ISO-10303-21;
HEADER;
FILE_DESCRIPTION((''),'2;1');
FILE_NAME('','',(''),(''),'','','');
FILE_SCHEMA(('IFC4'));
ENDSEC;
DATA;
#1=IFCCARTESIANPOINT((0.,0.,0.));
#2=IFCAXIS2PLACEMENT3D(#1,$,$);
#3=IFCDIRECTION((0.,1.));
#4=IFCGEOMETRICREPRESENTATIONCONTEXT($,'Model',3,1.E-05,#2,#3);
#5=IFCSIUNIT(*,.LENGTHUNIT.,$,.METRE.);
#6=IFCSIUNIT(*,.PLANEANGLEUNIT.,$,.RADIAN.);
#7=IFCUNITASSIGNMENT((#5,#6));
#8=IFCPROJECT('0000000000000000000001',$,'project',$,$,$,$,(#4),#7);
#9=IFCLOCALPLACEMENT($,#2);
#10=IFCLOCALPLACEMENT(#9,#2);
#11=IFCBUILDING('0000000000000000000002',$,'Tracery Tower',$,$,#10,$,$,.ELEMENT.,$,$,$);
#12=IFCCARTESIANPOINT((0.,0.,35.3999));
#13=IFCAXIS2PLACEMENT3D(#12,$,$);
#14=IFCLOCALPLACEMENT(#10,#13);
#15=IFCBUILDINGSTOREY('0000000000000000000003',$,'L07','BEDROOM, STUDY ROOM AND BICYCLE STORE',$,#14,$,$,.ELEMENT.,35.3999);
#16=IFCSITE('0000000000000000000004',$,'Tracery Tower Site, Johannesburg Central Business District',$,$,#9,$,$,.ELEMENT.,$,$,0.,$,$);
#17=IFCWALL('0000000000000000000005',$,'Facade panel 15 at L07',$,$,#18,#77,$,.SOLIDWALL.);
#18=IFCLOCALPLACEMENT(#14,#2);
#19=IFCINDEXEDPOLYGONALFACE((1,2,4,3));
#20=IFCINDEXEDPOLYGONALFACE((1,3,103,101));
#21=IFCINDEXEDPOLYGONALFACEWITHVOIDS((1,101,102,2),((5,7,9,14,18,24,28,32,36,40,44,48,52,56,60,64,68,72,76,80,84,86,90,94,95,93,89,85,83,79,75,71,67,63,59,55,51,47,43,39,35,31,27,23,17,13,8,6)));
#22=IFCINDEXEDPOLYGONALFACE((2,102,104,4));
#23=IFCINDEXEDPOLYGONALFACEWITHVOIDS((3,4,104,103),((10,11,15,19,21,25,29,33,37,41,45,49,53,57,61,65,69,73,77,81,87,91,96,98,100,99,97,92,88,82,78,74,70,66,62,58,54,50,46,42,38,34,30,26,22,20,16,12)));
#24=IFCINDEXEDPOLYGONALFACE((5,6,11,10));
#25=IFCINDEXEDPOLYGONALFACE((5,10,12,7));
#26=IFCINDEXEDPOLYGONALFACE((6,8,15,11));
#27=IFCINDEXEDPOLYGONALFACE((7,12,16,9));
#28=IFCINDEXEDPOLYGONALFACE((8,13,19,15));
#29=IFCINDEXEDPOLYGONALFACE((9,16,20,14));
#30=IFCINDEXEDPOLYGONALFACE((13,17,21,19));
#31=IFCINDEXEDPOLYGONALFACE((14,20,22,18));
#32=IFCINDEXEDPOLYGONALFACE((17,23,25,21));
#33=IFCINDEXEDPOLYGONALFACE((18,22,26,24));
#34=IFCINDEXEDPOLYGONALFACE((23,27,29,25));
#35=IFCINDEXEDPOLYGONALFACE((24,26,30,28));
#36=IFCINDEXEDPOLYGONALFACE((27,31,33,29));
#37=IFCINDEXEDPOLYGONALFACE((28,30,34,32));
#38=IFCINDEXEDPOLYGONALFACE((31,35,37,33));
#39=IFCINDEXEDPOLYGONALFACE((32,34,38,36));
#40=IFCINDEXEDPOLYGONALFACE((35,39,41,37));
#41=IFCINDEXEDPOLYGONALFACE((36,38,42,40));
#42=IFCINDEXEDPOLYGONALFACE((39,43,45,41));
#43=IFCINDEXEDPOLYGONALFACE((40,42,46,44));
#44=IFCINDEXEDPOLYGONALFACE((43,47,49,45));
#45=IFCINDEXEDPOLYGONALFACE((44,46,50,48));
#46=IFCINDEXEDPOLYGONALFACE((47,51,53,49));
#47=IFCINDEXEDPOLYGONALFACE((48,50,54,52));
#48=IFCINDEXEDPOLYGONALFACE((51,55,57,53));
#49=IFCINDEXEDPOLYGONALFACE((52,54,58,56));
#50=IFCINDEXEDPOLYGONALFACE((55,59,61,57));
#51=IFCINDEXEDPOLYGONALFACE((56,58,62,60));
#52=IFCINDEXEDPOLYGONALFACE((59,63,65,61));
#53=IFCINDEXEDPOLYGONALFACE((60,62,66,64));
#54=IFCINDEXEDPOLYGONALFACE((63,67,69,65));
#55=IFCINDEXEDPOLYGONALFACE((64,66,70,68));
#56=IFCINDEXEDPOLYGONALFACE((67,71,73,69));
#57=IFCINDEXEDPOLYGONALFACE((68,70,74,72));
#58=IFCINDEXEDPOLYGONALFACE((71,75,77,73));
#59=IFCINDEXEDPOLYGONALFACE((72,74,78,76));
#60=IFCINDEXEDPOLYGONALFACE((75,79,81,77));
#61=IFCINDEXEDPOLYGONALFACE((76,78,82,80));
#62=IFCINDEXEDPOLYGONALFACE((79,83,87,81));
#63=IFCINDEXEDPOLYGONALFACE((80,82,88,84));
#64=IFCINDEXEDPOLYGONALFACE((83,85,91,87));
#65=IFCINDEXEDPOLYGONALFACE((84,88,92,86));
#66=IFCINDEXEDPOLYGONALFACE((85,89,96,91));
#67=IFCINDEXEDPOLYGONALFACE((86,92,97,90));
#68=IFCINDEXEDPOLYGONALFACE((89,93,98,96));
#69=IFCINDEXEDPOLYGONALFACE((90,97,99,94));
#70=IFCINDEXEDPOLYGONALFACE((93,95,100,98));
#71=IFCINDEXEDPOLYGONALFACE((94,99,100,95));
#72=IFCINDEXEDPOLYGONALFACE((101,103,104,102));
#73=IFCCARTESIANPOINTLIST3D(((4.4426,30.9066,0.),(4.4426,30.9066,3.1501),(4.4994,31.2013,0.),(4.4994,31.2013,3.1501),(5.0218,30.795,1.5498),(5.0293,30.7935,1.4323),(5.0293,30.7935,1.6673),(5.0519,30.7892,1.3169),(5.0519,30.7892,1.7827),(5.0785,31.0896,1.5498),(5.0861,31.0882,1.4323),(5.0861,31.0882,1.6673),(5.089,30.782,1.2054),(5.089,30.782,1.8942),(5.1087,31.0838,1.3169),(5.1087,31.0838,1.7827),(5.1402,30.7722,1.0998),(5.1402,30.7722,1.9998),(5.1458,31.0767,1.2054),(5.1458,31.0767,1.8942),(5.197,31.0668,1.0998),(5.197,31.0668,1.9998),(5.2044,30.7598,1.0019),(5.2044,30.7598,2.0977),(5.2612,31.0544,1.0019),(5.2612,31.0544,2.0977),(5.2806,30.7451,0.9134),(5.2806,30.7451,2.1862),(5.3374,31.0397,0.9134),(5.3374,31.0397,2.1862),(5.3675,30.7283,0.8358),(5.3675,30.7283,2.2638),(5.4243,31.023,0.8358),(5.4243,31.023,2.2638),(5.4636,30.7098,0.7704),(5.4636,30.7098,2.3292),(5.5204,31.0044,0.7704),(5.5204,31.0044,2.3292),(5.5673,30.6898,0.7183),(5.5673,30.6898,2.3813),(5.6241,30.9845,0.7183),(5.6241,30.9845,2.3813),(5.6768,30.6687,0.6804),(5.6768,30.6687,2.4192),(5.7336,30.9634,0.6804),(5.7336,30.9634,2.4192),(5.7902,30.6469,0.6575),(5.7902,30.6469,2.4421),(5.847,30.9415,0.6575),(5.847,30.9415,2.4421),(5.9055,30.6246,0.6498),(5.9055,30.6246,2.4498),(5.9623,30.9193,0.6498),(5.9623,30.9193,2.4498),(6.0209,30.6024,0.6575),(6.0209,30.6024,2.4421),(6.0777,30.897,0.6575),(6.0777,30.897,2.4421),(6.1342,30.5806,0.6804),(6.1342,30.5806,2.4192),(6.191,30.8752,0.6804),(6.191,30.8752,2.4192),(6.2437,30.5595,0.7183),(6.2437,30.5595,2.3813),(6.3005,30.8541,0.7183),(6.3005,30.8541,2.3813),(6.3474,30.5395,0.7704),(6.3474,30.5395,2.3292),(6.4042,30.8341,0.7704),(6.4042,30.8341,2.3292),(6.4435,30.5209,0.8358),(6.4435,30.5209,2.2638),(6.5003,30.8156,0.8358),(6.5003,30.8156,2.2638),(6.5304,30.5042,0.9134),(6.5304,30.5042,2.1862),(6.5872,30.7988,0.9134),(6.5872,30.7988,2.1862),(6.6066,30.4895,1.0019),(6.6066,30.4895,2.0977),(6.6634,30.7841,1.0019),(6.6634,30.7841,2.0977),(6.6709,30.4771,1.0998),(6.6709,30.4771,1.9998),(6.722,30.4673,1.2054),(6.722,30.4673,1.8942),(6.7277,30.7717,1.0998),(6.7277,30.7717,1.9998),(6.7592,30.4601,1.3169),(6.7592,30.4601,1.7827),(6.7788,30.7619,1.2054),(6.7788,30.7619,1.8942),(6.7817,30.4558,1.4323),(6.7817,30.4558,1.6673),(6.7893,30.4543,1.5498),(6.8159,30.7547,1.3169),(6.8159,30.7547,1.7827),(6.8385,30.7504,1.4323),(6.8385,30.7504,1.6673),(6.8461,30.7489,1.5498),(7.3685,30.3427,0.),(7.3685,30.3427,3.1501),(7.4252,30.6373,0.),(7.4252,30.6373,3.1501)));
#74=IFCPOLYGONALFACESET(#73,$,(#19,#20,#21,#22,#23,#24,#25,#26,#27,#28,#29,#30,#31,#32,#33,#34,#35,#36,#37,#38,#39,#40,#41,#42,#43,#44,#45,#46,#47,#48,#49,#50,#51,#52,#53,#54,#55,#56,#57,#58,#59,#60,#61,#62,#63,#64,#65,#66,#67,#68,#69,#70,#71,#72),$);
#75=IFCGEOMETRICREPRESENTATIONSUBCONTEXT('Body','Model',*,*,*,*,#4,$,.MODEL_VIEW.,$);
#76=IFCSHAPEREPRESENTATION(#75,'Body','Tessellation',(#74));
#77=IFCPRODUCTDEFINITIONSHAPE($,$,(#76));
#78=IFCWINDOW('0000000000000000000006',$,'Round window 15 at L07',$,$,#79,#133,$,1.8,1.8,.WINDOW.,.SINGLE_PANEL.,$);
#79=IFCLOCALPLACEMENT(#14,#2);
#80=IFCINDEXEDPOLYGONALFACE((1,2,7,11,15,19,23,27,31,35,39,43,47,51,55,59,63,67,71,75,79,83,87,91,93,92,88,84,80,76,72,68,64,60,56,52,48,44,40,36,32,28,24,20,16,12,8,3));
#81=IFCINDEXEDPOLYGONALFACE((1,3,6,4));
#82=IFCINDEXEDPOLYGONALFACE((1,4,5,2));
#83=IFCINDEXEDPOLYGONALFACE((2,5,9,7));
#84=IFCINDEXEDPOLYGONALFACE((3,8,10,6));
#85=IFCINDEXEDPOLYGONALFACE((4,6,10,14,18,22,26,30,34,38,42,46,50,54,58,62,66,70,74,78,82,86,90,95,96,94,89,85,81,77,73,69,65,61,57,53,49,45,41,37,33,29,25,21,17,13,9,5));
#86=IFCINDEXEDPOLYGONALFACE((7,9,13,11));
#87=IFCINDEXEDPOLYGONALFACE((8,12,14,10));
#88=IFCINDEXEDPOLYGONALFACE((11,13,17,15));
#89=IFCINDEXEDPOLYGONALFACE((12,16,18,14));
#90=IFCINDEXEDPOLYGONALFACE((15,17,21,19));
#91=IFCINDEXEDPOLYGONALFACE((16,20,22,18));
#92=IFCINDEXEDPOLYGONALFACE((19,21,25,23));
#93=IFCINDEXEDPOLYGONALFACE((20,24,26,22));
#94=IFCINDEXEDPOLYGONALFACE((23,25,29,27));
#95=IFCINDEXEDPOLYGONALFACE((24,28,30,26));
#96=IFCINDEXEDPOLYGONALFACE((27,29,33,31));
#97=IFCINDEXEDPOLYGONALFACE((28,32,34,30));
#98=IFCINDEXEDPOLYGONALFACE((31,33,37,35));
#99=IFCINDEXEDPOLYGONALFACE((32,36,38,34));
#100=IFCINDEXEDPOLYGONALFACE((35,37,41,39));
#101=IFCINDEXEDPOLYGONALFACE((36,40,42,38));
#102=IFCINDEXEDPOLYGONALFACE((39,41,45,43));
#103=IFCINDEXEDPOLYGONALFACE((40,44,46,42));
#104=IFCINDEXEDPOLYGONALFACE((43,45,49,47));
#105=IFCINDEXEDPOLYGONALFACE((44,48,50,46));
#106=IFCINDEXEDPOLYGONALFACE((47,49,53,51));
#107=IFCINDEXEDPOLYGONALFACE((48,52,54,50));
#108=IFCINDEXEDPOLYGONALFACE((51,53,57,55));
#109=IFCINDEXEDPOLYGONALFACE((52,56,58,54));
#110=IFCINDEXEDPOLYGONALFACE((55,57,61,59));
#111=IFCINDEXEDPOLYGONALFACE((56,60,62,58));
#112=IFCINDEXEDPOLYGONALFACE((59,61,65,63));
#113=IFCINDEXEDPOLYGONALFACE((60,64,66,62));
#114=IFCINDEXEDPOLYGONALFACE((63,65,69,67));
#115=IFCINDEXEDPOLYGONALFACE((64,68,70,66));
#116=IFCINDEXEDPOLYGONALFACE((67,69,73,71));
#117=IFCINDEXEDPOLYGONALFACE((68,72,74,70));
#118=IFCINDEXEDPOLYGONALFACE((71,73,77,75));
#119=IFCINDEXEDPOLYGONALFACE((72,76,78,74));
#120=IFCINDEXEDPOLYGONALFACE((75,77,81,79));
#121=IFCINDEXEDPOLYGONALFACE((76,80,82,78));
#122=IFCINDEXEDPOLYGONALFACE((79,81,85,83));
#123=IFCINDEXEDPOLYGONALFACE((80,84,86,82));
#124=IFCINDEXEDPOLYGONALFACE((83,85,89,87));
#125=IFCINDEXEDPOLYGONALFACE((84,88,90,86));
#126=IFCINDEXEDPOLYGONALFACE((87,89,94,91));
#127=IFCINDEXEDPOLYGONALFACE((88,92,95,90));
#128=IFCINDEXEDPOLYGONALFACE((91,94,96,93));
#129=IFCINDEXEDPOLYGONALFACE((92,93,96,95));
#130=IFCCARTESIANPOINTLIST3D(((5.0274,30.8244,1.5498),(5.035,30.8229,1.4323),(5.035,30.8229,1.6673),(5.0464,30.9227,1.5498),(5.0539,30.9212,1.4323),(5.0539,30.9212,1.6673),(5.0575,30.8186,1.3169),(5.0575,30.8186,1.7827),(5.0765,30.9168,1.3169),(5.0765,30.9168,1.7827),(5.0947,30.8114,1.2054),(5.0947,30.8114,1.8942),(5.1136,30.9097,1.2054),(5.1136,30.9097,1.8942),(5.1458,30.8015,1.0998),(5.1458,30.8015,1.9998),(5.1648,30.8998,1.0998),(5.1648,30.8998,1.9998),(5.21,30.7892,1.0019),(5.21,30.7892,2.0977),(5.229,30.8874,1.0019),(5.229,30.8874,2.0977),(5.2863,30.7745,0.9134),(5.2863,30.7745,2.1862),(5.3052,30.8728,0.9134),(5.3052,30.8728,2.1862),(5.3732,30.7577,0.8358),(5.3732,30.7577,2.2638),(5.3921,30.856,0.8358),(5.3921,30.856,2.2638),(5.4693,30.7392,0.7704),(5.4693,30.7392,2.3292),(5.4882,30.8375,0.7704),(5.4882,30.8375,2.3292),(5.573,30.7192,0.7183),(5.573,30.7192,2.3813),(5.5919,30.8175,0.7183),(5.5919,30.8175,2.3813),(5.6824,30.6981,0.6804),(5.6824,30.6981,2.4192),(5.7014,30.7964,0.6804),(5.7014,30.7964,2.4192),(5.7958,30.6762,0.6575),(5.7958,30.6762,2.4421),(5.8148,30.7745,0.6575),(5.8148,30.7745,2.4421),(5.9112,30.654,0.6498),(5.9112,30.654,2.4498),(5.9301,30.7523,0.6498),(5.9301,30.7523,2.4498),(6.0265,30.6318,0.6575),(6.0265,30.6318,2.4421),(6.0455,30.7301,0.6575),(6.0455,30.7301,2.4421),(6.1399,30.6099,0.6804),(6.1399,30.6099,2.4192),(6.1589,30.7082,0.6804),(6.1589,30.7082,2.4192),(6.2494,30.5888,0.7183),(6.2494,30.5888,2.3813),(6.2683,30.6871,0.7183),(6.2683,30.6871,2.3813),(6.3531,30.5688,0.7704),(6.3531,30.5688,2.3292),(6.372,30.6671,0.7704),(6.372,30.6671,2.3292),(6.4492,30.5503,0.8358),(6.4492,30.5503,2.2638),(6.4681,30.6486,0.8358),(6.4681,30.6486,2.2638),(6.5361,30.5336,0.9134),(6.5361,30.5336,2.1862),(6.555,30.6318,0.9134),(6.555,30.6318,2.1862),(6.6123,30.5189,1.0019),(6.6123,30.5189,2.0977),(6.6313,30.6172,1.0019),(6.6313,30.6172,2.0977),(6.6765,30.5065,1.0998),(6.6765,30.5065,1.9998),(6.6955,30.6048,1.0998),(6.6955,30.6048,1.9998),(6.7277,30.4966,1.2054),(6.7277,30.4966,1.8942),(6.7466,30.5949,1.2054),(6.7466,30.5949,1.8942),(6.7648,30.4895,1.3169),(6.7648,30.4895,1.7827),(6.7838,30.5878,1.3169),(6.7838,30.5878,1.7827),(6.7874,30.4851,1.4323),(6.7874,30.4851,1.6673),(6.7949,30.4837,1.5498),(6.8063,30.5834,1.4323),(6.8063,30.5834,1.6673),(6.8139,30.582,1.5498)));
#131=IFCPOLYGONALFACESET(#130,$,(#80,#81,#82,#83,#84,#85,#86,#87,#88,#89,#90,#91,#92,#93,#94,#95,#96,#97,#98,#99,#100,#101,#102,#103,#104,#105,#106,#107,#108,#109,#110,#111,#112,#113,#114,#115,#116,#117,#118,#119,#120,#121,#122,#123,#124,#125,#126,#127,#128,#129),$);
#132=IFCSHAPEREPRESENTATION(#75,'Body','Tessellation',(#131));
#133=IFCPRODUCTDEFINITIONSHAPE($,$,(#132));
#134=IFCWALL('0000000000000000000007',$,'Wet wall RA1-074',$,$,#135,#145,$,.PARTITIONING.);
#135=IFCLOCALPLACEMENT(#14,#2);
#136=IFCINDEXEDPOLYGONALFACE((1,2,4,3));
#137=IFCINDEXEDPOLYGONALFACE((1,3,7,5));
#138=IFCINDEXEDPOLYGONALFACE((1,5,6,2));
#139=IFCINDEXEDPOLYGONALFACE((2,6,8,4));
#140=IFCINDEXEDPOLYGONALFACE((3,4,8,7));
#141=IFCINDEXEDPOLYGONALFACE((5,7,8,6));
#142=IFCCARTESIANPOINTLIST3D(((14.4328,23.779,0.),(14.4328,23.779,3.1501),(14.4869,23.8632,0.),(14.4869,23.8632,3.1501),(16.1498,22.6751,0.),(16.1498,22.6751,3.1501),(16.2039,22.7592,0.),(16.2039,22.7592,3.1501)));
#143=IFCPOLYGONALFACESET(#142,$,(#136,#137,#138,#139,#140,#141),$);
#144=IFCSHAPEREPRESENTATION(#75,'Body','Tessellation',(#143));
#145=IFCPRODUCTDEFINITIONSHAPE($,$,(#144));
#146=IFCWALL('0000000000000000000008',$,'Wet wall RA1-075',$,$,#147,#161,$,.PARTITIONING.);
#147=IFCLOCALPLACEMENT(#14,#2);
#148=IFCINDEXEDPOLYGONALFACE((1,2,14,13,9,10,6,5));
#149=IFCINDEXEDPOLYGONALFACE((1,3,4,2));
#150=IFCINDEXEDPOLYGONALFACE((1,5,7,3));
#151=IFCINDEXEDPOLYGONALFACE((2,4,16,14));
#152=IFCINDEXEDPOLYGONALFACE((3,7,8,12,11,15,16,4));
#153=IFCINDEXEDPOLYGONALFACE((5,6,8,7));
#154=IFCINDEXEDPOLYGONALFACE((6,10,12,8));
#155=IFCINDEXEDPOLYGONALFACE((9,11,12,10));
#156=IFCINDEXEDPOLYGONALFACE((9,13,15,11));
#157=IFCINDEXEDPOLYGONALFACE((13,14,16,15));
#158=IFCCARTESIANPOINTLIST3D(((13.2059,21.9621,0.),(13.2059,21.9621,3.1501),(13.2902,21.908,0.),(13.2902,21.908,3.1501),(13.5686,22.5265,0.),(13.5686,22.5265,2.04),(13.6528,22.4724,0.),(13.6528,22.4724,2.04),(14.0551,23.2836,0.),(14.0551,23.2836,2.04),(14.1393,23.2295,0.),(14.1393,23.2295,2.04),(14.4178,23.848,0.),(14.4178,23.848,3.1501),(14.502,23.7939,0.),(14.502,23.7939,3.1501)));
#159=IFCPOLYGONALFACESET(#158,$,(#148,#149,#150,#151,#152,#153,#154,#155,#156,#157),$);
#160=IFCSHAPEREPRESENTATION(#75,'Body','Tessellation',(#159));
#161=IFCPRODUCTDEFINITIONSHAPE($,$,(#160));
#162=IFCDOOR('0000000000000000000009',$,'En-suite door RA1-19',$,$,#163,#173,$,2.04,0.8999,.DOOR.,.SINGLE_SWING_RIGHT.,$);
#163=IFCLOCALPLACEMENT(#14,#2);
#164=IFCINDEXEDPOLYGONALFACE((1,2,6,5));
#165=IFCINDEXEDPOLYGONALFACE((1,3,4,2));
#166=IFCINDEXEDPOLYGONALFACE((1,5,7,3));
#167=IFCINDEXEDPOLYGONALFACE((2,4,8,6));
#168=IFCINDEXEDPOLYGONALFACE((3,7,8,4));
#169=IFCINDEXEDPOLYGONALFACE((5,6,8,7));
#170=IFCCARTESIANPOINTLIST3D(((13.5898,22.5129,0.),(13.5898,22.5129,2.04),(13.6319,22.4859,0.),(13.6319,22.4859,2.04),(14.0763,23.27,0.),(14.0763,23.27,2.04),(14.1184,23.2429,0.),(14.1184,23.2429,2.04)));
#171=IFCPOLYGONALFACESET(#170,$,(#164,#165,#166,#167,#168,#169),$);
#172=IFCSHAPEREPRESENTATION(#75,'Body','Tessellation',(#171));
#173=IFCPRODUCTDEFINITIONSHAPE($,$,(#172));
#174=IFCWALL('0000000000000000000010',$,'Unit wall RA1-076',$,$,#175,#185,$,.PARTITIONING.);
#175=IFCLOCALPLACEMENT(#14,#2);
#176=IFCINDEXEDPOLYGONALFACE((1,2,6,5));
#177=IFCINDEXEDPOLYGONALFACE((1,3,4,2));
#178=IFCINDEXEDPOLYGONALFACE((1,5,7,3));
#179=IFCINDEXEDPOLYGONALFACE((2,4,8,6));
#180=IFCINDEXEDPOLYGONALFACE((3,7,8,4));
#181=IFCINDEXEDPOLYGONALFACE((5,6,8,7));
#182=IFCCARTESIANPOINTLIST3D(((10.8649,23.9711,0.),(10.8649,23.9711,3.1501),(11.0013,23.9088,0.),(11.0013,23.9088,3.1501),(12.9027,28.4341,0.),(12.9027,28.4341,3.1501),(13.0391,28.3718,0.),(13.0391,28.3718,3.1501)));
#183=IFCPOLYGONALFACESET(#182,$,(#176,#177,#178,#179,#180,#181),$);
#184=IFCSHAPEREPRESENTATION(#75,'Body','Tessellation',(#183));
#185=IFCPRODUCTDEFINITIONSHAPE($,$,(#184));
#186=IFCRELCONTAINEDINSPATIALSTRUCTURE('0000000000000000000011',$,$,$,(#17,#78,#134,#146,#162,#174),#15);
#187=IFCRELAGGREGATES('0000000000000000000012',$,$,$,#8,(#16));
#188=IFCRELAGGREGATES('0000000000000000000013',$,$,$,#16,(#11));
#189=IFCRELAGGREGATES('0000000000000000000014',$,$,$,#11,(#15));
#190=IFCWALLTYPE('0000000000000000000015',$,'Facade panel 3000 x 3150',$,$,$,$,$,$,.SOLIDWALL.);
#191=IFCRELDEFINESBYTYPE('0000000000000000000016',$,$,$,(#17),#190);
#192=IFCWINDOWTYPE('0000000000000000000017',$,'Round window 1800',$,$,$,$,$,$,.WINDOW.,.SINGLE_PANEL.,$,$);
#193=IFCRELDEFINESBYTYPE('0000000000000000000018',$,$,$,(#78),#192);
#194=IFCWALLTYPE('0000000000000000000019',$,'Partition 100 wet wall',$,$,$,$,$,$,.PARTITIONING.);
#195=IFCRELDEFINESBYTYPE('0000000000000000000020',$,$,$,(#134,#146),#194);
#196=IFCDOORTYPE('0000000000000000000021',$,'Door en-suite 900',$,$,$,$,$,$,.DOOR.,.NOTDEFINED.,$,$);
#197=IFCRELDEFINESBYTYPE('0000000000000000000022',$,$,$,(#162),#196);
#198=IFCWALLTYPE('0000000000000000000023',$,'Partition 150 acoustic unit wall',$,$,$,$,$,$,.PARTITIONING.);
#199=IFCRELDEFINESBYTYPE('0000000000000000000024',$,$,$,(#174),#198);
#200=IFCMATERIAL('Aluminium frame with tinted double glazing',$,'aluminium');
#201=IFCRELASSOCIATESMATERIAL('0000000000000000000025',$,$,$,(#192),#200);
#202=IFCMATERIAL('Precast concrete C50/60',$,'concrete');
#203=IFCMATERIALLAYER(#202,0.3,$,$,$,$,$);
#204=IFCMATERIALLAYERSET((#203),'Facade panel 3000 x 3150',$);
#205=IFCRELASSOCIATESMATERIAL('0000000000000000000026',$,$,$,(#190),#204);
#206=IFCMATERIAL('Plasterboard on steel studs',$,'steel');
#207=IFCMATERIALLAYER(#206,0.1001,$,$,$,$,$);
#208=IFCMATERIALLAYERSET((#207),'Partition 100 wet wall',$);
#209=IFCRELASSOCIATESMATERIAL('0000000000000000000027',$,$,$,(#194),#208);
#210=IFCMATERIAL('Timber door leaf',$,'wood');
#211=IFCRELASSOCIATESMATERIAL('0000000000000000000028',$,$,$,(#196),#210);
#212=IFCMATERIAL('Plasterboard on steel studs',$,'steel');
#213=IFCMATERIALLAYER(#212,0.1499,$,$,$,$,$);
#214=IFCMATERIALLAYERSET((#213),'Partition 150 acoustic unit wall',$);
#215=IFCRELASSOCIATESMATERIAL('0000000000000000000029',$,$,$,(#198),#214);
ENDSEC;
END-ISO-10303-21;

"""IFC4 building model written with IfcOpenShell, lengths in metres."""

from ifc_helpers import new_model, si_unit, direction, frame, frame_2d, origin, origin_2d, place, context, subcontext, project, spatial, rectangle, circle, extrude, material, layer, layer_set, type_object, element, fill, save


model = new_model("IFC4")

# Units and contexts
model_context = context("Model", 3, precision=1e-05, world=origin(), true_north=direction((0.0, 1.0)))
body_context = subcontext(model_context, "Body", "Model", "MODEL_VIEW")
ifc_project = project(units=[si_unit("LENGTHUNIT", "METRE"), si_unit("PLANEANGLEUNIT", "RADIAN")], contexts=[model_context])

# Site, building, storey
site_placement = place(None, origin())
site = spatial("IfcSite", under=ifc_project, at=site_placement, Name="Tracery Tower Site, Johannesburg Central Business District", CompositionType="ELEMENT", RefElevation=0.0)
building_placement = place(site_placement, origin())
building = spatial("IfcBuilding", under=site, at=building_placement, Name="Tracery Tower", CompositionType="ELEMENT")
storey_placement = place(building_placement, frame((0.0, 0.0, 35.3999)))
storey = spatial("IfcBuildingStorey", under=building, at=storey_placement, Name="L07", Description="BEDROOM, STUDY ROOM AND BICYCLE STORE", CompositionType="ELEMENT", Elevation=35.3999)

# Wall, opening, window
ifc_material_1 = material(Name="Aluminium frame with tinted double glazing", Category="aluminium")
window_type = type_object("IfcWindowType", Name="Round window 1800", PartitioningType="SINGLE_PANEL", PredefinedType="WINDOW", material=ifc_material_1)
ifc_material_2 = material(Name="Precast concrete C50/60", Category="concrete")
ifc_layer_1 = layer(ifc_material_2, 0.3)
ifc_layer_set_1 = layer_set([ifc_layer_1], Name="Facade panel 3000 x 3150")
wall_type_1 = type_object("IfcWallType", Name="Facade panel 3000 x 3150", PredefinedType="SOLIDWALL", material=ifc_layer_set_1)
wall_1_placement = place(storey_placement, frame((7.3967, 30.49, 0.0), z_axis=(0.0, 0.0, 1.0), x_axis=(-0.981925, 0.189273, 0.0)))
wall_1 = element("IfcWall", 1, at=wall_1_placement, inside=storey, type_object=wall_type_1, Name="Facade panel 15 at L07", PredefinedType="SOLIDWALL", context=body_context, shape_type="SweptSolid", body=[
    extrude(rectangle(XDim=2.9797, YDim=0.3, at=frame_2d((1.4897, 0.0))), origin(), (0.0, 0.0, 1.0), 3.1501),
])
opening_1_placement = place(wall_1_placement, frame((1.4897, 0.0, 1.5498)))
opening_1 = element("IfcOpeningElement", 2, at=opening_1_placement, cuts=wall_1, PredefinedType="OPENING", context=body_context, shape_type="SweptSolid", body=[
    extrude(circle(Radius=0.9, at=origin_2d()), frame((0.0, 0.1599, 0.0), z_axis=(0.0, -1.0, 0.0), x_axis=(1.0, 0.0, 0.0)), (0.0, 0.0, 1.0), 0.3201),
])
window_1_placement = place(opening_1_placement, origin())
window_1 = element("IfcWindow", 3, at=window_1_placement, inside=storey, type_object=window_type, Name="Round window 15 at L07", OverallHeight=1.8, OverallWidth=1.8, PartitioningType="SINGLE_PANEL", PredefinedType="WINDOW", context=body_context, shape_type="SweptSolid", body=[
    extrude(circle(Radius=0.9, at=origin_2d()), frame((0.0, 0.1201, 0.0), z_axis=(0.0, -1.0, 0.0), x_axis=(1.0, 0.0, 0.0)), (0.0, 0.0, 1.0), 0.1001),
])
fill(opening_1, window_1)

# Wall
ifc_material_3 = material(Name="Plasterboard on steel studs", Category="steel")
ifc_layer_2 = layer(ifc_material_3, 0.1001)
ifc_layer_set_2 = layer_set([ifc_layer_2], Name="Partition 100 wet wall")
wall_type_2 = type_object("IfcWallType", Name="Partition 100 wet wall", PredefinedType="PARTITIONING", material=ifc_layer_set_2)
wall_2_placement = place(storey_placement, frame((14.46, 23.821, 0.0), z_axis=(0.0, 0.0, 1.0), x_axis=(0.841136, -0.540824, 0.0)))
element("IfcWall", 4, at=wall_2_placement, inside=storey, type_object=wall_type_2, Name="Wet wall RA1-074", PredefinedType="PARTITIONING", context=body_context, shape_type="SweptSolid", body=[
    extrude(rectangle(XDim=2.0413, YDim=0.1001, at=frame_2d((1.0205, 0.0))), origin(), (0.0, 0.0, 1.0), 3.1501),
])

# Wall, opening, door
wall_3_placement = place(storey_placement, frame((13.248, 21.9351, 0.0), z_axis=(0.0, 0.0, 1.0), x_axis=(0.540598, 0.841281, 0.0)))
wall_3 = element("IfcWall", 5, at=wall_3_placement, inside=storey, type_object=wall_type_2, Name="Wet wall RA1-075", PredefinedType="PARTITIONING", context=body_context, shape_type="SweptSolid", body=[
    extrude(rectangle(XDim=2.2417, YDim=0.1001, at=frame_2d((1.1208, 0.0))), origin(), (0.0, 0.0, 1.0), 3.1501),
])
opening_2_placement = place(wall_3_placement, frame((0.6709, 0.0, 0.0)))
opening_2 = element("IfcOpeningElement", 6, at=opening_2_placement, cuts=wall_3, PredefinedType="OPENING", context=body_context, shape_type="SweptSolid", body=[
    extrude(rectangle(XDim=0.8999, YDim=2.04, at=frame_2d((0.45, 1.02))), frame((0.0, 0.05, 0.0), z_axis=(0.0, -1.0, 0.0), x_axis=(1.0, 0.0, 0.0)), (0.0, 0.0, 1.0), 0.1001),
])
ifc_material_4 = material(Name="Timber door leaf", Category="wood")
door_type_1 = type_object("IfcDoorType", Name="Door en-suite 900", OperationType="NOTDEFINED", PredefinedType="DOOR", material=ifc_material_4)
door_1_placement = place(opening_2_placement, origin())
door_1 = element("IfcDoor", 7, at=door_1_placement, inside=storey, type_object=door_type_1, Name="En-suite door RA1-19", OperationType="SINGLE_SWING_RIGHT", OverallHeight=2.04, OverallWidth=0.8999, PredefinedType="DOOR", context=body_context, shape_type="SweptSolid", body=[
    extrude(rectangle(XDim=0.8999, YDim=2.04, at=frame_2d((0.45, 1.02))), frame((0.0, 0.0249, 0.0), z_axis=(0.0, -1.0, 0.0), x_axis=(1.0, 0.0, 0.0)), (0.0, 0.0, 1.0), 0.05),
])
fill(opening_2, door_1)

# Wall
ifc_material_5 = material(Name="Plasterboard on steel studs", Category="steel")
ifc_layer_3 = layer(ifc_material_5, 0.1499)
ifc_layer_set_3 = layer_set([ifc_layer_3], Name="Partition 150 acoustic unit wall")
wall_type_3 = type_object("IfcWallType", Name="Partition 150 acoustic unit wall", PredefinedType="PARTITIONING", material=ifc_layer_set_3)
wall_4_placement = place(storey_placement, frame((10.9331, 23.9399, 0.0), z_axis=(0.0, 0.0, 1.0), x_axis=(0.415347, 0.909663, 0.0)))
element("IfcWall", 8, at=wall_4_placement, inside=storey, type_object=wall_type_3, Name="Unit wall RA1-076", PredefinedType="PARTITIONING", context=body_context, shape_type="SweptSolid", body=[
    extrude(rectangle(XDim=4.9062, YDim=0.1499, at=frame_2d((2.4531, 0.0))), origin(), (0.0, 0.0, 1.0), 3.1501),
])

save(model, "model.ifc")
